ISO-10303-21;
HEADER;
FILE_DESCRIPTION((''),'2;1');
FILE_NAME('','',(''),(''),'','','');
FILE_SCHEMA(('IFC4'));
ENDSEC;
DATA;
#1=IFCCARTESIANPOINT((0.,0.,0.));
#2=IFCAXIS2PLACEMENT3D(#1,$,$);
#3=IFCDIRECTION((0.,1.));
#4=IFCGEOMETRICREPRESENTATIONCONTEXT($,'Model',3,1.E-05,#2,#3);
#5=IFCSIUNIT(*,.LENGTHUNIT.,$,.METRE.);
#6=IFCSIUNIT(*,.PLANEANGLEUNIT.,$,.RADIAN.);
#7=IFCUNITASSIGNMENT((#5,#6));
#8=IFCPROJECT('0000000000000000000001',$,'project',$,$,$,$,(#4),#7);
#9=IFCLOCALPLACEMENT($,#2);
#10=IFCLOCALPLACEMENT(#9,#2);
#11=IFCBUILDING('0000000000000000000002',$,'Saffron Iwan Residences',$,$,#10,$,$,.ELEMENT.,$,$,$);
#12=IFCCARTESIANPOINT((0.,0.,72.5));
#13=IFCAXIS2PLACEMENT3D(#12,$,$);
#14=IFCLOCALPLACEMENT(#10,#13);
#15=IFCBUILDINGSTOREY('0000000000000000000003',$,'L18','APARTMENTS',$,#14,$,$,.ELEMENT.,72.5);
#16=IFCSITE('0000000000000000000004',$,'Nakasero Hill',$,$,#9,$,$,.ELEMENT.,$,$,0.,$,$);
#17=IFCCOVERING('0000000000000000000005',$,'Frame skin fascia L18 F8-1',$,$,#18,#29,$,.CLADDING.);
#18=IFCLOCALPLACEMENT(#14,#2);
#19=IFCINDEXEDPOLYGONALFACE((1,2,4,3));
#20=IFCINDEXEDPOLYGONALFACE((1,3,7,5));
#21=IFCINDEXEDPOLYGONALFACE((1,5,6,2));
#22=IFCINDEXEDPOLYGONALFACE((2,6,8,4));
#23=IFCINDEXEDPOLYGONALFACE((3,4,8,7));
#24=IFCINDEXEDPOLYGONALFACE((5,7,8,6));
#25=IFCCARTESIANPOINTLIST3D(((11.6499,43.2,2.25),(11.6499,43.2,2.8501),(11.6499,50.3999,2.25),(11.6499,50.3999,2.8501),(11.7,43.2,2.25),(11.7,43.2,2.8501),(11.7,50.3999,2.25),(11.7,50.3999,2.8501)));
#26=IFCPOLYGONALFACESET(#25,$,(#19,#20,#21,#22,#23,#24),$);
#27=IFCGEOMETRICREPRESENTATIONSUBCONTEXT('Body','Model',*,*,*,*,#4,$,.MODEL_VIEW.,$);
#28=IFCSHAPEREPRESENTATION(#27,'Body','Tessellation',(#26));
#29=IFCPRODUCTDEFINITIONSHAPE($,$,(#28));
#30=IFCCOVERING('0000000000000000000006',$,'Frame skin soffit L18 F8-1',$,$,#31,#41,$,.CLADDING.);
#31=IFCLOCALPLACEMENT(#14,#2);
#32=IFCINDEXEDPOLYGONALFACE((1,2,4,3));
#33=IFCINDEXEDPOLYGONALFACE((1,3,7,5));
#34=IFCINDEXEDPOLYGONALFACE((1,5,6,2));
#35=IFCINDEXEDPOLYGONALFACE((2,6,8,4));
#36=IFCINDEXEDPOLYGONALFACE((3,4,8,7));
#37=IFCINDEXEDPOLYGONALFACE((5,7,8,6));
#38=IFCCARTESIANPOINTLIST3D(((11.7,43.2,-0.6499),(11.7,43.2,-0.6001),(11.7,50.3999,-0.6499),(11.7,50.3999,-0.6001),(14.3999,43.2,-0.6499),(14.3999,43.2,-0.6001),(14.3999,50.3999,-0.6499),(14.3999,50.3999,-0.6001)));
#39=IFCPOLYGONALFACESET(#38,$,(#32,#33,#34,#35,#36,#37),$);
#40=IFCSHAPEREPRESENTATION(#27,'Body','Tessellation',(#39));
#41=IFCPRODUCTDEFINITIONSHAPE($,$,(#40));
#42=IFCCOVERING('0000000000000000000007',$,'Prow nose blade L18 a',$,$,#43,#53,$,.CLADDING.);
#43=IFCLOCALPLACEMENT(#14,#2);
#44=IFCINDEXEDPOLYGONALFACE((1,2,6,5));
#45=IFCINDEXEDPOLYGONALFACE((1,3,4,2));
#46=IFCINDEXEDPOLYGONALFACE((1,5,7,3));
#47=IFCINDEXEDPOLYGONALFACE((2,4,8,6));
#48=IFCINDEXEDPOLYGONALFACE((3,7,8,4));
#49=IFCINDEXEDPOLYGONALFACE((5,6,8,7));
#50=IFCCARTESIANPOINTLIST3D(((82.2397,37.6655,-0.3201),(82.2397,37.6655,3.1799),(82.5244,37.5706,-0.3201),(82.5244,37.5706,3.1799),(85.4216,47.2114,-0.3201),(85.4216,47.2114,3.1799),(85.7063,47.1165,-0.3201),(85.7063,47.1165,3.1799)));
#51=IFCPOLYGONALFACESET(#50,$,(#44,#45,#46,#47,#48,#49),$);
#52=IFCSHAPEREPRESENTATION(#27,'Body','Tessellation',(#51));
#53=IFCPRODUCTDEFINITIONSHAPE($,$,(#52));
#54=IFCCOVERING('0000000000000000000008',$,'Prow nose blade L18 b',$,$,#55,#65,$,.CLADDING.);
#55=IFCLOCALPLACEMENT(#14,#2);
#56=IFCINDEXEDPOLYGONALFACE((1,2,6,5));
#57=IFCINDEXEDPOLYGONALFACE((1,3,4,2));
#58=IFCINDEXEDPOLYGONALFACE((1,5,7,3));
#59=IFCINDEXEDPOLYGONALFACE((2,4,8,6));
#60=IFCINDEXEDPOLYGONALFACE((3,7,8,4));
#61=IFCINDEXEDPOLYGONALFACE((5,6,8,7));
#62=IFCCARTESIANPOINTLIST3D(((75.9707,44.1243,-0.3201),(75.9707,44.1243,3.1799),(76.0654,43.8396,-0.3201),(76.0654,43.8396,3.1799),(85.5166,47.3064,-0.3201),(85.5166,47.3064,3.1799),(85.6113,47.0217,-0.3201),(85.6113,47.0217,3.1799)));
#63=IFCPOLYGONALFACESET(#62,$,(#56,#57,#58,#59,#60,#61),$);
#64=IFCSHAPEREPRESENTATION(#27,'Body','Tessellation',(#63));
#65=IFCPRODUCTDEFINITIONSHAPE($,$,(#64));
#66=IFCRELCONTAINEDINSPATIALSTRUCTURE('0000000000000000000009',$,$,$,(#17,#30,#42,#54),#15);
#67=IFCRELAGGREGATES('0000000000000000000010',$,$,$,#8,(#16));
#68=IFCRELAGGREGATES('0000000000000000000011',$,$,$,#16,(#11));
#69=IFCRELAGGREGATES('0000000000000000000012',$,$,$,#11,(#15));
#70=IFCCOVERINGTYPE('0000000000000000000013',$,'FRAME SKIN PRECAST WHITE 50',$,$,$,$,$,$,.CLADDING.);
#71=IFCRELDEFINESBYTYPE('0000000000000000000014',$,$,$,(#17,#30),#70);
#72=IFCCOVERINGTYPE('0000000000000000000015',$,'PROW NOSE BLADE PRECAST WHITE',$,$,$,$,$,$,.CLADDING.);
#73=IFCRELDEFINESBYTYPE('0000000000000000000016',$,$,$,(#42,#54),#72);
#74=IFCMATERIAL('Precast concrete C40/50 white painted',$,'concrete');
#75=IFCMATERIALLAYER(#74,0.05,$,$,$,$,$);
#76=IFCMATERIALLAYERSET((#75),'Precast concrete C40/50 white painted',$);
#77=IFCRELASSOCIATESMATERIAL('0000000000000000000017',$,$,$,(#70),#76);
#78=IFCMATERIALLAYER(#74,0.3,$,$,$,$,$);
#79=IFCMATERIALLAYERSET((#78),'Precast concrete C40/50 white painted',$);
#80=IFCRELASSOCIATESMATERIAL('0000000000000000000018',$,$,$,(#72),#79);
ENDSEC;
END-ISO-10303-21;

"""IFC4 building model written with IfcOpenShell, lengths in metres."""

from ifc_helpers import new_model, si_unit, direction, frame, origin, place, context, subcontext, project, spatial, polyline, outline, extrude, material, layer, layer_set, type_object, element, save


model = new_model("IFC4")

# Units and contexts
model_context = context("Model", 3, precision=1e-05, world=origin(), true_north=direction((0.0, 1.0)))
body_context = subcontext(model_context, "Body", "Model", "MODEL_VIEW")
ifc_project = project(units=[si_unit("LENGTHUNIT", "METRE"), si_unit("PLANEANGLEUNIT", "RADIAN")], contexts=[model_context])

# Site, building, storey
site_placement = place(None, origin())
site = spatial("IfcSite", under=ifc_project, at=site_placement, Name="Nakasero Hill", CompositionType="ELEMENT", RefElevation=0.0)
building_placement = place(site_placement, origin())
building = spatial("IfcBuilding", under=site, at=building_placement, Name="Saffron Iwan Residences", CompositionType="ELEMENT")
storey_placement = place(building_placement, frame((0.0, 0.0, 72.5)))
storey = spatial("IfcBuildingStorey", under=building, at=storey_placement, Name="L18", Description="APARTMENTS", CompositionType="ELEMENT", Elevation=72.5)

# Coverings
ifc_material_1 = material(Name="Precast concrete C40/50 white painted", Category="concrete")
ifc_layer_1 = layer(ifc_material_1, 0.05)
ifc_layer_set_1 = layer_set([ifc_layer_1], Name="Precast concrete C40/50 white painted")
covering_type_1 = type_object("IfcCoveringType", Name="FRAME SKIN PRECAST WHITE 50", PredefinedType="CLADDING", material=ifc_layer_set_1)
for number, where, name in (
    (1, (0.0, 0.0, 2.25), "Frame skin fascia L18 F8-1"),
):
    element("IfcCovering", number, at=place(storey_placement, frame(where)), inside=storey, type_object=covering_type_1, Name=name, PredefinedType="CLADDING", context=body_context, shape_type="SweptSolid", body=[
        extrude(outline(polyline([(11.6499, 50.3999), (11.6499, 43.2), (11.7, 43.2), (11.7, 50.3999), (11.6499, 50.3999)])), origin(), (0.0, 0.0, 1.0), 0.6001),
    ])
covering_1_placement = place(storey_placement, frame((0.0, 0.0, -0.6499)))
element("IfcCovering", 2, at=covering_1_placement, inside=storey, type_object=covering_type_1, Name="Frame skin soffit L18 F8-1", PredefinedType="CLADDING", context=body_context, shape_type="SweptSolid", body=[
    extrude(outline(polyline([(11.7, 50.3999), (11.7, 43.2), (14.3999, 43.2), (14.3999, 50.3999), (11.7, 50.3999)])), origin(), (0.0, 0.0, 1.0), 0.0498),
])
ifc_layer_2 = layer(ifc_material_1, 0.3)
ifc_layer_set_2 = layer_set([ifc_layer_2], Name="Precast concrete C40/50 white painted")
covering_type_2 = type_object("IfcCoveringType", Name="PROW NOSE BLADE PRECAST WHITE", PredefinedType="CLADDING", material=ifc_layer_set_2)
covering_2_placement = place(storey_placement, frame((0.0, 0.0, -0.3201)))
element("IfcCovering", 3, at=covering_2_placement, inside=storey, type_object=covering_type_2, Name="Prow nose blade L18 a", PredefinedType="CLADDING", context=body_context, shape_type="SweptSolid", body=[
    extrude(outline(polyline([(82.5244, 37.5706), (85.7063, 47.1165), (85.4216, 47.2114), (82.2397, 37.6655), (82.5244, 37.5706)])), origin(), (0.0, 0.0, 1.0), 3.5),
])
covering_3_placement = place(storey_placement, frame((0.0, 0.0, -0.3201)))
element("IfcCovering", 4, at=covering_3_placement, inside=storey, type_object=covering_type_2, Name="Prow nose blade L18 b", PredefinedType="CLADDING", context=body_context, shape_type="SweptSolid", body=[
    extrude(outline(polyline([(76.0654, 43.8396), (85.6113, 47.0217), (85.5166, 47.3064), (75.9707, 44.1243), (76.0654, 43.8396)])), origin(), (0.0, 0.0, 1.0), 3.5),
])

save(model, "model.ifc")
